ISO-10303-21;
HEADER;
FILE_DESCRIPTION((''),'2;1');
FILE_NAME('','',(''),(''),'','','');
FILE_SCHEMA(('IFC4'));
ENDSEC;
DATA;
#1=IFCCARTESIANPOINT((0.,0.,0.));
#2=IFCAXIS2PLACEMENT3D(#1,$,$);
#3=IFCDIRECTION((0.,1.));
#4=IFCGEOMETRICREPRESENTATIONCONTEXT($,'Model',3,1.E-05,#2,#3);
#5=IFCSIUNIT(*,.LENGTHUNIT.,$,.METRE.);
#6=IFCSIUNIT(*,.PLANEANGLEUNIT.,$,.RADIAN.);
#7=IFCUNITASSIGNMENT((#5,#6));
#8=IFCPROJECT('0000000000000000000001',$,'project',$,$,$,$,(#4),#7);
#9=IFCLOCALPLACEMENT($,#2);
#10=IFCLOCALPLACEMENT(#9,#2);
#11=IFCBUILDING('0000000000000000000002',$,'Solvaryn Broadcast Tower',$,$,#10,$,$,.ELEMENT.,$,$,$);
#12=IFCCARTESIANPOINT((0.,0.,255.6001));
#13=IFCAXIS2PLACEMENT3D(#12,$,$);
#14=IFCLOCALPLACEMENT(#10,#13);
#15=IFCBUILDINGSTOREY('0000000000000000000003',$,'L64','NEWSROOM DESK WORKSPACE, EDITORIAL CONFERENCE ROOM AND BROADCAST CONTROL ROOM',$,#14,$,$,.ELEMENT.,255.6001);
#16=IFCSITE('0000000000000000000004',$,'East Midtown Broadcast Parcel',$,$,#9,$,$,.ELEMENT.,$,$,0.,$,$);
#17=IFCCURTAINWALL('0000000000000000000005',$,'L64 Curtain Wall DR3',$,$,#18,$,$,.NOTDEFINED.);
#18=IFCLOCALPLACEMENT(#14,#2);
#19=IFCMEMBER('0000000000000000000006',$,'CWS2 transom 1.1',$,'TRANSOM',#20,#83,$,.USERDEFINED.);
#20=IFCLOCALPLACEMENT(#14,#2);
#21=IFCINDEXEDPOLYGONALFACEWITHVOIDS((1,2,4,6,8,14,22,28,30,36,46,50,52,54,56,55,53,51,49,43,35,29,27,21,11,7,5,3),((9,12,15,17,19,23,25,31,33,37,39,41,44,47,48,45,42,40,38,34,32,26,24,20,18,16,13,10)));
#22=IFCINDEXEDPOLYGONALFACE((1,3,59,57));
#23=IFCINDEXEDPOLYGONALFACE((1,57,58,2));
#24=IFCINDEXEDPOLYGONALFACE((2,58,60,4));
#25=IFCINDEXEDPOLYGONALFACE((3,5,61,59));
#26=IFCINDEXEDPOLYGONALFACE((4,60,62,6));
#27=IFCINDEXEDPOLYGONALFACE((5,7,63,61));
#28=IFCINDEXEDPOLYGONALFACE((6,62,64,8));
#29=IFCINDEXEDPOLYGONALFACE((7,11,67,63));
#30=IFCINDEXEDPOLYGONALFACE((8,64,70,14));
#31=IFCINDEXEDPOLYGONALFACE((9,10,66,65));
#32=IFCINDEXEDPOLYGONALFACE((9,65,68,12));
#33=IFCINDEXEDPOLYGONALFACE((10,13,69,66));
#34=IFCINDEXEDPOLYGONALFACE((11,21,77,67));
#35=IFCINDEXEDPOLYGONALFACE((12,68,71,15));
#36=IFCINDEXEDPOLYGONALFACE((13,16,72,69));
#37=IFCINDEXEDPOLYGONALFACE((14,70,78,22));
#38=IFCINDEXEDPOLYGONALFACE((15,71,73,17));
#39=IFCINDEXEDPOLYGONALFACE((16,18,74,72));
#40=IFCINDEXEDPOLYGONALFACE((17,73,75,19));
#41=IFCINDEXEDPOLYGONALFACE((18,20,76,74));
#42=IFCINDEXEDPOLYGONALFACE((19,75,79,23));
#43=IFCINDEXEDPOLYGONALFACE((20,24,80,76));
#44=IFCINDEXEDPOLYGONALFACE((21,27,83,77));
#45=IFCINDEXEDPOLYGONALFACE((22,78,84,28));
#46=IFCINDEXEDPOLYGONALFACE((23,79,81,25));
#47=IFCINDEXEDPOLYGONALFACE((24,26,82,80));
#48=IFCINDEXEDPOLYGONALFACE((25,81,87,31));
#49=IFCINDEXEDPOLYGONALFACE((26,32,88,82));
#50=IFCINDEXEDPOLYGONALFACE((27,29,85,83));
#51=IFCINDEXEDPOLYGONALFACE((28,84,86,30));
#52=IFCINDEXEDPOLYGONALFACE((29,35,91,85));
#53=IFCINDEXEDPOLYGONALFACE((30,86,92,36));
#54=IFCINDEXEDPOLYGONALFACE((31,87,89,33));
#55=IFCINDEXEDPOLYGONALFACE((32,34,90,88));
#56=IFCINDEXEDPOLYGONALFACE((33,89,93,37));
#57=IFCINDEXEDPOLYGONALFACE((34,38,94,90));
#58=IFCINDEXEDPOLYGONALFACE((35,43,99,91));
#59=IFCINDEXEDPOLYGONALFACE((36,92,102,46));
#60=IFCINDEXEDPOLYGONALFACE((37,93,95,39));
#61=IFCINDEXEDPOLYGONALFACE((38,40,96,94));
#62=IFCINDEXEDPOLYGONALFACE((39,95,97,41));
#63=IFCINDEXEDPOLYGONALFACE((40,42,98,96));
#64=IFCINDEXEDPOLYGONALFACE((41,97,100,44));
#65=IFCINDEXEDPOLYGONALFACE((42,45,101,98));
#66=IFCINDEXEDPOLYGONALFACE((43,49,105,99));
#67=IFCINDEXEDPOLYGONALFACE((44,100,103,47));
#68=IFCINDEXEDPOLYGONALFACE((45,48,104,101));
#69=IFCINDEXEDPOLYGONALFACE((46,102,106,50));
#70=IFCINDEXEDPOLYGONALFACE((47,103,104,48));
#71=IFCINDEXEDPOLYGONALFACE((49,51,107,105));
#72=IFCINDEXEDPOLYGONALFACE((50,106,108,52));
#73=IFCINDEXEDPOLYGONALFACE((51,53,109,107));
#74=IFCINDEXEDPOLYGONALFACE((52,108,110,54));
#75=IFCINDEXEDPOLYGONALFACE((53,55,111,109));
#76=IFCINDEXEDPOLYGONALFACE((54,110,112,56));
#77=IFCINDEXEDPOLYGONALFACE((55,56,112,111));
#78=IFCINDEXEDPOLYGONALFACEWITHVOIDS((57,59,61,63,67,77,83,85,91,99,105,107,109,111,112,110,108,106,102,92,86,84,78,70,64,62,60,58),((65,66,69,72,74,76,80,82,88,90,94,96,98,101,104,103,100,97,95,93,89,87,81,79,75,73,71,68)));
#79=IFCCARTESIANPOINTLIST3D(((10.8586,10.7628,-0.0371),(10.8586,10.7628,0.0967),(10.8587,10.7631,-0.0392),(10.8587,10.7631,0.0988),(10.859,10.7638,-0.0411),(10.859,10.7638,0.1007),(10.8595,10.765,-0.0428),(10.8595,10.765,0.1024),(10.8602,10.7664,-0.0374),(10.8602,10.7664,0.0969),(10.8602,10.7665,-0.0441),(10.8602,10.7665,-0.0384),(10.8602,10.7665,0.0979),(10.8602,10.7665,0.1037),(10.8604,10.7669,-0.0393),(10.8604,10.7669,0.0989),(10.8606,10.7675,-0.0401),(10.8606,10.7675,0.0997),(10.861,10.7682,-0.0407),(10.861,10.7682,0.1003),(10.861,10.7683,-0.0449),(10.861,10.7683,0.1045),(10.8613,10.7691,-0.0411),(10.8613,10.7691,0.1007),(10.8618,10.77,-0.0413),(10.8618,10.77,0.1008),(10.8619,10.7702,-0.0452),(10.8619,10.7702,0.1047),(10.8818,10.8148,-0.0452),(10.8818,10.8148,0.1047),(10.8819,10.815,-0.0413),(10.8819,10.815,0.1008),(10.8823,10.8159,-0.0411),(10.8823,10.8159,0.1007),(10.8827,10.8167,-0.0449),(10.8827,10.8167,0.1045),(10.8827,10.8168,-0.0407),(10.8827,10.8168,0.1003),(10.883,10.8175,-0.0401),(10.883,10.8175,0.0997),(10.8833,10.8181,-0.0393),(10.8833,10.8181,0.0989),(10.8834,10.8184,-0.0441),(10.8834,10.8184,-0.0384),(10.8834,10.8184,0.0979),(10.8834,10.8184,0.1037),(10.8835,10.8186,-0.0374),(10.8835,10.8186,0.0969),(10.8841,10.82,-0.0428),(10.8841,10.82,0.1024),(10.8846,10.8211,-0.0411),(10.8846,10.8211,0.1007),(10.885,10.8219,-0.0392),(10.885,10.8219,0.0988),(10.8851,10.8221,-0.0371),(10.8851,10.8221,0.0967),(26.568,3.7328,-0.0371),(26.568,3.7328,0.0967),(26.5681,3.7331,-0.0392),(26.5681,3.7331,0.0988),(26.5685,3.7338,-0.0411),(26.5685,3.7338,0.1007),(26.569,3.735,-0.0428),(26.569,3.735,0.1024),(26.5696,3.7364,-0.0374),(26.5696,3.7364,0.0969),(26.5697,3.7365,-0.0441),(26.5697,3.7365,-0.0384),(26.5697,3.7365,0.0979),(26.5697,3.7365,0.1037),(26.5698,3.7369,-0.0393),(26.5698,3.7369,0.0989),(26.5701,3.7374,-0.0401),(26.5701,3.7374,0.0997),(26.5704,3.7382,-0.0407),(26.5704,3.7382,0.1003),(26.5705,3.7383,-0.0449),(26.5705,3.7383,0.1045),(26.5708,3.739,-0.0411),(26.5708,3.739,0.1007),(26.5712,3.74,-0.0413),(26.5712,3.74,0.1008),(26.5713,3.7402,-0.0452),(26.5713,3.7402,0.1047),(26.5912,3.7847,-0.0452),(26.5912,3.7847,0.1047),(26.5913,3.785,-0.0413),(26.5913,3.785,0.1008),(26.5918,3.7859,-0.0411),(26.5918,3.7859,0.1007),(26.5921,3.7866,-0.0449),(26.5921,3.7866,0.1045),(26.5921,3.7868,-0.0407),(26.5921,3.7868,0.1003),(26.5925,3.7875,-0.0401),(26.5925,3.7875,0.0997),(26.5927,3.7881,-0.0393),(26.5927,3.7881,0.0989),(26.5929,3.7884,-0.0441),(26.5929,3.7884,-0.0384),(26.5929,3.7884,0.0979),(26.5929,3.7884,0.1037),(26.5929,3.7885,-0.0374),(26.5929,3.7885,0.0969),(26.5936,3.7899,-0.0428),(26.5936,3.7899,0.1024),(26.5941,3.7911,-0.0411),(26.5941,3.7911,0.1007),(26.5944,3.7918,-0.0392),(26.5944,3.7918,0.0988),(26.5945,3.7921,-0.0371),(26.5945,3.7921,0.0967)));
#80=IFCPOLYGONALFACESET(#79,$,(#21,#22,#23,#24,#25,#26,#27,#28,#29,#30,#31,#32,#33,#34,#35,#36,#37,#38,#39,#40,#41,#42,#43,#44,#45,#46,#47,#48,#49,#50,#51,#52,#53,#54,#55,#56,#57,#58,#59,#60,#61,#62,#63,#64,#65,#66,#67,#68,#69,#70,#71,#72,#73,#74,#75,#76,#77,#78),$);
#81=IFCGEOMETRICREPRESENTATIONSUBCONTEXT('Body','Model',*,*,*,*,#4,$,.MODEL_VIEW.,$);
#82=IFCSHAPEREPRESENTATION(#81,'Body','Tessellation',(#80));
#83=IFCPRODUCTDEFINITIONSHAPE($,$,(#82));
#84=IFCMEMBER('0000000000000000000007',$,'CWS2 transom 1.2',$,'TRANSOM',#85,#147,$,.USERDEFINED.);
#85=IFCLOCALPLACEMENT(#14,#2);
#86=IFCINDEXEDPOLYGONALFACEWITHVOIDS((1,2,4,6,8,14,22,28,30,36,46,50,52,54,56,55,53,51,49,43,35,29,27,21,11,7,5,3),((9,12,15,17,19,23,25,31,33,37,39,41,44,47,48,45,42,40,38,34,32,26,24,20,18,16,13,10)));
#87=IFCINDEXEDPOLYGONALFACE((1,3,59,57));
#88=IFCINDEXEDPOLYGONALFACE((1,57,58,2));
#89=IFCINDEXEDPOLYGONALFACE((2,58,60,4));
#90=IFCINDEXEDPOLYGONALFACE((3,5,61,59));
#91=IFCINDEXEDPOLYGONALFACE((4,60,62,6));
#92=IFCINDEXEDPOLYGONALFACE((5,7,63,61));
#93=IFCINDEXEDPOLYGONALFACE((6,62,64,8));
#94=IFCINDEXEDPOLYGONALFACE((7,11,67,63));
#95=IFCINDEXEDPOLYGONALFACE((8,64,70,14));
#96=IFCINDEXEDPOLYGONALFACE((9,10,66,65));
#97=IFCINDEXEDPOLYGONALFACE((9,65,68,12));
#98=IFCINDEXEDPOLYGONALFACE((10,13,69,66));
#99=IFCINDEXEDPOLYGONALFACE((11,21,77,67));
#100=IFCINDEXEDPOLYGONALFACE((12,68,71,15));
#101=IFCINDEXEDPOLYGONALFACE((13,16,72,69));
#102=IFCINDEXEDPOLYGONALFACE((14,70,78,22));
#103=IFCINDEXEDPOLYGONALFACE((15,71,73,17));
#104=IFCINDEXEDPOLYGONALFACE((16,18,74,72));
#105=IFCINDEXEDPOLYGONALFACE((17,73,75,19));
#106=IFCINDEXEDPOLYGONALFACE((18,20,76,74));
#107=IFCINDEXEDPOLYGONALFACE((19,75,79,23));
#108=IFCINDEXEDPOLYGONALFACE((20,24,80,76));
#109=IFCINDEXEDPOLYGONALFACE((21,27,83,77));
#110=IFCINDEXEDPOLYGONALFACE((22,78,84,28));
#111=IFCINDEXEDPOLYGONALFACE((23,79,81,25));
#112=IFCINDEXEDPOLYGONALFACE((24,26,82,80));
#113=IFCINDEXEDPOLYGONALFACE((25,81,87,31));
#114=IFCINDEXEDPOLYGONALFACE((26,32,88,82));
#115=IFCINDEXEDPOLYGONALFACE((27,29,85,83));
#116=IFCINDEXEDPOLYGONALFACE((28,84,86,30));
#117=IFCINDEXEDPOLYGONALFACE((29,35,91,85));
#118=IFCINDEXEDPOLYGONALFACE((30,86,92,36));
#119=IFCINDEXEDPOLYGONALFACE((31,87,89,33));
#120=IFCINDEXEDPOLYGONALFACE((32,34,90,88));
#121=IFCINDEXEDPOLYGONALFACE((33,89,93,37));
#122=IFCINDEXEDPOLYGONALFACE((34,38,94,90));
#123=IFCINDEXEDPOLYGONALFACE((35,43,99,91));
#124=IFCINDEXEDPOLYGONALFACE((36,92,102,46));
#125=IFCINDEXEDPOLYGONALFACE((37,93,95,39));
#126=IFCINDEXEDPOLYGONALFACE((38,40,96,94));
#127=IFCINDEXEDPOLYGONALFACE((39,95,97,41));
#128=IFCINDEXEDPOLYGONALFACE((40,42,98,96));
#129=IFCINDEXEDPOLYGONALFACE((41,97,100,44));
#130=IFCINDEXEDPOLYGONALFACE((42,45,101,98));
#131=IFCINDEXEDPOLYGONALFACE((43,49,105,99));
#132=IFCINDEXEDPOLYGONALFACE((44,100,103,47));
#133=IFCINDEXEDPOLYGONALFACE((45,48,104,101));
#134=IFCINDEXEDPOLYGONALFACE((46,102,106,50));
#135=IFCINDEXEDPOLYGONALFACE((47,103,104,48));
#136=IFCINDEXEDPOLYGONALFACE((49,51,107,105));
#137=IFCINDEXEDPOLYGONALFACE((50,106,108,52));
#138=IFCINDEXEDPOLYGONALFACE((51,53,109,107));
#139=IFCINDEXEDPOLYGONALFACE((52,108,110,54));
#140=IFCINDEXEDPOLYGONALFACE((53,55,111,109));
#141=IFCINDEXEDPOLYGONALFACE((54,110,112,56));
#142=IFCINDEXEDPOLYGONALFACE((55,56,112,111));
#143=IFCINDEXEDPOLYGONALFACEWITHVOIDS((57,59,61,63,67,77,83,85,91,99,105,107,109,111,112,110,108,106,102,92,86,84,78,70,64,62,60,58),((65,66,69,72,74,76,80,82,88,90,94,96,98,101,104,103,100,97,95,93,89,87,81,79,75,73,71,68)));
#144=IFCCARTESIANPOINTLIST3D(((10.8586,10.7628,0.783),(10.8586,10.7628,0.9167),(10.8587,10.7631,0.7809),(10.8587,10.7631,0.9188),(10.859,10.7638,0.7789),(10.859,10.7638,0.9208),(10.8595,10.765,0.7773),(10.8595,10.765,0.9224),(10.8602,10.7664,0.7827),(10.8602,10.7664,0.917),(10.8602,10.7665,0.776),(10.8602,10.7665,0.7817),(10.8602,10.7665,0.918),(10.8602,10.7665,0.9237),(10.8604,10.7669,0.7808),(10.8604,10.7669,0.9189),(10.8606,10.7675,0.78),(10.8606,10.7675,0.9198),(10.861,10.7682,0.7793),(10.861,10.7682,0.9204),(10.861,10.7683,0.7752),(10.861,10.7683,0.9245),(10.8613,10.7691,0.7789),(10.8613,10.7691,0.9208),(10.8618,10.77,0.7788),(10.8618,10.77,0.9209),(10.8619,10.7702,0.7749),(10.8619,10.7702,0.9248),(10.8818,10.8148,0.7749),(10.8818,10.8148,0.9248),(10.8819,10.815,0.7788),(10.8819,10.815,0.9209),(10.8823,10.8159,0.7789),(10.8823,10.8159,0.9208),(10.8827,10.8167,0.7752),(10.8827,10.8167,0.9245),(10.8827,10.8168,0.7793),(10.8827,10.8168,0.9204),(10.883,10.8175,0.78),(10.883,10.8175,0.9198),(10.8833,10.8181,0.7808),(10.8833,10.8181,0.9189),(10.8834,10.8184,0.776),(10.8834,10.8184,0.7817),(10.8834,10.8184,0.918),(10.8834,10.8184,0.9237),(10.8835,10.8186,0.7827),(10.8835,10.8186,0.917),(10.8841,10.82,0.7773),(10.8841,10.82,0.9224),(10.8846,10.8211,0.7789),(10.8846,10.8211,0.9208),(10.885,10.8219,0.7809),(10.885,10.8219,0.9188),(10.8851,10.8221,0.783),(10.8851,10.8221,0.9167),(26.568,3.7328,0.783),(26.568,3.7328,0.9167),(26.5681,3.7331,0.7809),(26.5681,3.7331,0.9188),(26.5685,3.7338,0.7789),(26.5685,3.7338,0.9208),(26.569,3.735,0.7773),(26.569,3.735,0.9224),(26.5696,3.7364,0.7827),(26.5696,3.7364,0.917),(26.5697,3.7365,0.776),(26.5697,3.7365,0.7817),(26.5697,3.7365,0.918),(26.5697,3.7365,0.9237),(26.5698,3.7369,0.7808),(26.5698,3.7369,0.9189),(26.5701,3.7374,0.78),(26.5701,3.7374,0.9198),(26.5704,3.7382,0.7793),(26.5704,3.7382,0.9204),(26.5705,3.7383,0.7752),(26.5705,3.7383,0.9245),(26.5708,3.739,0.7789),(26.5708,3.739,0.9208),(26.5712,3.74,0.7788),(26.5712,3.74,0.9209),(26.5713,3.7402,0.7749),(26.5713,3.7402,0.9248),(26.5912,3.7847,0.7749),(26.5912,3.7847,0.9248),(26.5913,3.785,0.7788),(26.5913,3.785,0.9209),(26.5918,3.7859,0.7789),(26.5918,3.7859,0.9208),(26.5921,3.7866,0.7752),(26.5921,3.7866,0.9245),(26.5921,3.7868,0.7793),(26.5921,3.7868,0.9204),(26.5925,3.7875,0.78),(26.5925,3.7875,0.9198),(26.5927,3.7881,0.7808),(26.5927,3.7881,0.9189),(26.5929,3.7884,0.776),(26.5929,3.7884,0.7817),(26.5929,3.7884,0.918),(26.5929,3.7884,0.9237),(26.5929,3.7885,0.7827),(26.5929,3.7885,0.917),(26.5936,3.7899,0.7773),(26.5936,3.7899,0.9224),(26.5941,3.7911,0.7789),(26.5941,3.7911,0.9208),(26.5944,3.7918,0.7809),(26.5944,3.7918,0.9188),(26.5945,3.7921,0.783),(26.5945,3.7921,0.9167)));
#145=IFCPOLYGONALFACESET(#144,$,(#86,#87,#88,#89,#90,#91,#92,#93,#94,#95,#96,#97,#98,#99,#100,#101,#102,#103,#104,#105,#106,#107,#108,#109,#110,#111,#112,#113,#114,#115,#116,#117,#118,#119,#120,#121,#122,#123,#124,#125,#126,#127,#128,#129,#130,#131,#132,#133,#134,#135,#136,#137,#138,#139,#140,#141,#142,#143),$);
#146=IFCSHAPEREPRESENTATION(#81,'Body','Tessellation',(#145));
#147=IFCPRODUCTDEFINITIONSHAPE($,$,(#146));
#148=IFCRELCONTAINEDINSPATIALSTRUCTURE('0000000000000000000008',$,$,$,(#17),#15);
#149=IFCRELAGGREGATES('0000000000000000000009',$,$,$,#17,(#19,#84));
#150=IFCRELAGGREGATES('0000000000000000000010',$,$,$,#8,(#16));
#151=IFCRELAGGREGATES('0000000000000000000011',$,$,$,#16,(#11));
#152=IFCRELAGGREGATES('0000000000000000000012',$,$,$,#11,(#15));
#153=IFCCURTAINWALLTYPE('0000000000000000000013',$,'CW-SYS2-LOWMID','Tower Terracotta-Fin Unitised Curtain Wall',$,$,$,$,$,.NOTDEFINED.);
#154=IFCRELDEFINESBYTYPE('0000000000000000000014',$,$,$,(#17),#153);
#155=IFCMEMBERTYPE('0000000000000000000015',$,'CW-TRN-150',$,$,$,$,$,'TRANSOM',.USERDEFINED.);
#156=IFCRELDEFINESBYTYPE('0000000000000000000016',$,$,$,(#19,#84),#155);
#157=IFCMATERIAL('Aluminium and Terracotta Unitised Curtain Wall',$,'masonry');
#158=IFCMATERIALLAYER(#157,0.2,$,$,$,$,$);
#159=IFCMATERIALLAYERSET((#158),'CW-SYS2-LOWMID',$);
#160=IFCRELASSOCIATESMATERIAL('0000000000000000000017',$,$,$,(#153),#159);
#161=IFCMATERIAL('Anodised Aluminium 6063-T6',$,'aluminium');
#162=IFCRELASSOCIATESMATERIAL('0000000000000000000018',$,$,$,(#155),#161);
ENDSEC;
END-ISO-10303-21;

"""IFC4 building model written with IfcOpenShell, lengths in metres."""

from ifc_helpers import new_model, si_unit, direction, frame, origin, origin_2d, place, context, subcontext, project, spatial, hollow_rectangle, extrude, material, layer, layer_set, material_profile, profile_set, type_object, element, aggregate, save


model = new_model("IFC4")

# Units and contexts
model_context = context("Model", 3, precision=1e-05, world=origin(), true_north=direction((0.0, 1.0)))
body_context = subcontext(model_context, "Body", "Model", "MODEL_VIEW")
ifc_project = project(units=[si_unit("LENGTHUNIT", "METRE"), si_unit("PLANEANGLEUNIT", "RADIAN")], contexts=[model_context])

# Site, building, storey
site_placement = place(None, origin())
site = spatial("IfcSite", under=ifc_project, at=site_placement, Name="East Midtown Broadcast Parcel", CompositionType="ELEMENT", RefElevation=0.0)
building_placement = place(site_placement, origin())
building = spatial("IfcBuilding", under=site, at=building_placement, Name="Solvaryn Broadcast Tower", CompositionType="ELEMENT")
storey_placement = place(building_placement, frame((0.0, 0.0, 255.6001)))
storey = spatial("IfcBuildingStorey", under=building, at=storey_placement, Name="L64", Description="NEWSROOM DESK WORKSPACE, EDITORIAL CONFERENCE ROOM AND BROADCAST CONTROL ROOM", CompositionType="ELEMENT", Elevation=255.6001)

# Curtain wall, members
ifc_material_1 = material(Name="Aluminium and Terracotta Unitised Curtain Wall", Category="masonry")
ifc_layer_1 = layer(ifc_material_1, 0.2)
ifc_layer_set_1 = layer_set([ifc_layer_1], Name="CW-SYS2-LOWMID")
curtain_wall_type_1 = type_object("IfcCurtainWallType", Name="CW-SYS2-LOWMID", Description="Tower Terracotta-Fin Unitised Curtain Wall", PredefinedType="NOTDEFINED", material=ifc_layer_set_1)
curtain_wall_1_placement = place(storey_placement, origin())
curtain_wall_1 = element("IfcCurtainWall", 1, at=curtain_wall_1_placement, inside=storey, type_object=curtain_wall_type_1, Name="L64 Curtain Wall DR3", PredefinedType="NOTDEFINED")
ifc_material_2 = material(Name="Anodised Aluminium 6063-T6", Category="aluminium")
ifc_material_profile_1 = material_profile(ifc_material_2, hollow_rectangle(XDim=0.0649, YDim=0.1499, WallThickness=0.0039, InnerFilletRadius=0.0039, OuterFilletRadius=0.0081, at=origin_2d()))
ifc_profile_set_1 = profile_set([ifc_material_profile_1], Name="Anodised Aluminium 6063-T6")
member_type_1 = type_object("IfcMemberType", Name="CW-TRN-150", ElementType="TRANSOM", PredefinedType="USERDEFINED", material=ifc_profile_set_1)
member_1_placement = place(storey_placement, frame((10.8718, 10.7925, 0.0298), z_axis=(0.912773, -0.408468, 0.0), x_axis=(0.408468, 0.912773, 0.0)))
member_1 = element("IfcMember", 2, at=member_1_placement, type_object=member_type_1, Name="CWS2 transom 1.1", ObjectType="TRANSOM", PredefinedType="USERDEFINED", context=body_context, shape_type="SweptSolid", body=[
    extrude(hollow_rectangle(XDim=0.0649, YDim=0.1499, WallThickness=0.0039, InnerFilletRadius=0.0039, OuterFilletRadius=0.0081, at=origin_2d()), origin(), (0.0, 0.0, 1.0), 17.2107),
])
member_2_placement = place(storey_placement, frame((10.8718, 10.7925, 0.8499), z_axis=(0.912773, -0.408468, 0.0), x_axis=(0.408468, 0.912773, 0.0)))
member_2 = element("IfcMember", 3, at=member_2_placement, type_object=member_type_1, Name="CWS2 transom 1.2", ObjectType="TRANSOM", PredefinedType="USERDEFINED", context=body_context, shape_type="SweptSolid", body=[
    extrude(hollow_rectangle(XDim=0.0649, YDim=0.1499, WallThickness=0.0039, InnerFilletRadius=0.0039, OuterFilletRadius=0.0081, at=origin_2d()), origin(), (0.0, 0.0, 1.0), 17.2107),
])
aggregate(curtain_wall_1, [member_1, member_2])

save(model, "model.ifc")
